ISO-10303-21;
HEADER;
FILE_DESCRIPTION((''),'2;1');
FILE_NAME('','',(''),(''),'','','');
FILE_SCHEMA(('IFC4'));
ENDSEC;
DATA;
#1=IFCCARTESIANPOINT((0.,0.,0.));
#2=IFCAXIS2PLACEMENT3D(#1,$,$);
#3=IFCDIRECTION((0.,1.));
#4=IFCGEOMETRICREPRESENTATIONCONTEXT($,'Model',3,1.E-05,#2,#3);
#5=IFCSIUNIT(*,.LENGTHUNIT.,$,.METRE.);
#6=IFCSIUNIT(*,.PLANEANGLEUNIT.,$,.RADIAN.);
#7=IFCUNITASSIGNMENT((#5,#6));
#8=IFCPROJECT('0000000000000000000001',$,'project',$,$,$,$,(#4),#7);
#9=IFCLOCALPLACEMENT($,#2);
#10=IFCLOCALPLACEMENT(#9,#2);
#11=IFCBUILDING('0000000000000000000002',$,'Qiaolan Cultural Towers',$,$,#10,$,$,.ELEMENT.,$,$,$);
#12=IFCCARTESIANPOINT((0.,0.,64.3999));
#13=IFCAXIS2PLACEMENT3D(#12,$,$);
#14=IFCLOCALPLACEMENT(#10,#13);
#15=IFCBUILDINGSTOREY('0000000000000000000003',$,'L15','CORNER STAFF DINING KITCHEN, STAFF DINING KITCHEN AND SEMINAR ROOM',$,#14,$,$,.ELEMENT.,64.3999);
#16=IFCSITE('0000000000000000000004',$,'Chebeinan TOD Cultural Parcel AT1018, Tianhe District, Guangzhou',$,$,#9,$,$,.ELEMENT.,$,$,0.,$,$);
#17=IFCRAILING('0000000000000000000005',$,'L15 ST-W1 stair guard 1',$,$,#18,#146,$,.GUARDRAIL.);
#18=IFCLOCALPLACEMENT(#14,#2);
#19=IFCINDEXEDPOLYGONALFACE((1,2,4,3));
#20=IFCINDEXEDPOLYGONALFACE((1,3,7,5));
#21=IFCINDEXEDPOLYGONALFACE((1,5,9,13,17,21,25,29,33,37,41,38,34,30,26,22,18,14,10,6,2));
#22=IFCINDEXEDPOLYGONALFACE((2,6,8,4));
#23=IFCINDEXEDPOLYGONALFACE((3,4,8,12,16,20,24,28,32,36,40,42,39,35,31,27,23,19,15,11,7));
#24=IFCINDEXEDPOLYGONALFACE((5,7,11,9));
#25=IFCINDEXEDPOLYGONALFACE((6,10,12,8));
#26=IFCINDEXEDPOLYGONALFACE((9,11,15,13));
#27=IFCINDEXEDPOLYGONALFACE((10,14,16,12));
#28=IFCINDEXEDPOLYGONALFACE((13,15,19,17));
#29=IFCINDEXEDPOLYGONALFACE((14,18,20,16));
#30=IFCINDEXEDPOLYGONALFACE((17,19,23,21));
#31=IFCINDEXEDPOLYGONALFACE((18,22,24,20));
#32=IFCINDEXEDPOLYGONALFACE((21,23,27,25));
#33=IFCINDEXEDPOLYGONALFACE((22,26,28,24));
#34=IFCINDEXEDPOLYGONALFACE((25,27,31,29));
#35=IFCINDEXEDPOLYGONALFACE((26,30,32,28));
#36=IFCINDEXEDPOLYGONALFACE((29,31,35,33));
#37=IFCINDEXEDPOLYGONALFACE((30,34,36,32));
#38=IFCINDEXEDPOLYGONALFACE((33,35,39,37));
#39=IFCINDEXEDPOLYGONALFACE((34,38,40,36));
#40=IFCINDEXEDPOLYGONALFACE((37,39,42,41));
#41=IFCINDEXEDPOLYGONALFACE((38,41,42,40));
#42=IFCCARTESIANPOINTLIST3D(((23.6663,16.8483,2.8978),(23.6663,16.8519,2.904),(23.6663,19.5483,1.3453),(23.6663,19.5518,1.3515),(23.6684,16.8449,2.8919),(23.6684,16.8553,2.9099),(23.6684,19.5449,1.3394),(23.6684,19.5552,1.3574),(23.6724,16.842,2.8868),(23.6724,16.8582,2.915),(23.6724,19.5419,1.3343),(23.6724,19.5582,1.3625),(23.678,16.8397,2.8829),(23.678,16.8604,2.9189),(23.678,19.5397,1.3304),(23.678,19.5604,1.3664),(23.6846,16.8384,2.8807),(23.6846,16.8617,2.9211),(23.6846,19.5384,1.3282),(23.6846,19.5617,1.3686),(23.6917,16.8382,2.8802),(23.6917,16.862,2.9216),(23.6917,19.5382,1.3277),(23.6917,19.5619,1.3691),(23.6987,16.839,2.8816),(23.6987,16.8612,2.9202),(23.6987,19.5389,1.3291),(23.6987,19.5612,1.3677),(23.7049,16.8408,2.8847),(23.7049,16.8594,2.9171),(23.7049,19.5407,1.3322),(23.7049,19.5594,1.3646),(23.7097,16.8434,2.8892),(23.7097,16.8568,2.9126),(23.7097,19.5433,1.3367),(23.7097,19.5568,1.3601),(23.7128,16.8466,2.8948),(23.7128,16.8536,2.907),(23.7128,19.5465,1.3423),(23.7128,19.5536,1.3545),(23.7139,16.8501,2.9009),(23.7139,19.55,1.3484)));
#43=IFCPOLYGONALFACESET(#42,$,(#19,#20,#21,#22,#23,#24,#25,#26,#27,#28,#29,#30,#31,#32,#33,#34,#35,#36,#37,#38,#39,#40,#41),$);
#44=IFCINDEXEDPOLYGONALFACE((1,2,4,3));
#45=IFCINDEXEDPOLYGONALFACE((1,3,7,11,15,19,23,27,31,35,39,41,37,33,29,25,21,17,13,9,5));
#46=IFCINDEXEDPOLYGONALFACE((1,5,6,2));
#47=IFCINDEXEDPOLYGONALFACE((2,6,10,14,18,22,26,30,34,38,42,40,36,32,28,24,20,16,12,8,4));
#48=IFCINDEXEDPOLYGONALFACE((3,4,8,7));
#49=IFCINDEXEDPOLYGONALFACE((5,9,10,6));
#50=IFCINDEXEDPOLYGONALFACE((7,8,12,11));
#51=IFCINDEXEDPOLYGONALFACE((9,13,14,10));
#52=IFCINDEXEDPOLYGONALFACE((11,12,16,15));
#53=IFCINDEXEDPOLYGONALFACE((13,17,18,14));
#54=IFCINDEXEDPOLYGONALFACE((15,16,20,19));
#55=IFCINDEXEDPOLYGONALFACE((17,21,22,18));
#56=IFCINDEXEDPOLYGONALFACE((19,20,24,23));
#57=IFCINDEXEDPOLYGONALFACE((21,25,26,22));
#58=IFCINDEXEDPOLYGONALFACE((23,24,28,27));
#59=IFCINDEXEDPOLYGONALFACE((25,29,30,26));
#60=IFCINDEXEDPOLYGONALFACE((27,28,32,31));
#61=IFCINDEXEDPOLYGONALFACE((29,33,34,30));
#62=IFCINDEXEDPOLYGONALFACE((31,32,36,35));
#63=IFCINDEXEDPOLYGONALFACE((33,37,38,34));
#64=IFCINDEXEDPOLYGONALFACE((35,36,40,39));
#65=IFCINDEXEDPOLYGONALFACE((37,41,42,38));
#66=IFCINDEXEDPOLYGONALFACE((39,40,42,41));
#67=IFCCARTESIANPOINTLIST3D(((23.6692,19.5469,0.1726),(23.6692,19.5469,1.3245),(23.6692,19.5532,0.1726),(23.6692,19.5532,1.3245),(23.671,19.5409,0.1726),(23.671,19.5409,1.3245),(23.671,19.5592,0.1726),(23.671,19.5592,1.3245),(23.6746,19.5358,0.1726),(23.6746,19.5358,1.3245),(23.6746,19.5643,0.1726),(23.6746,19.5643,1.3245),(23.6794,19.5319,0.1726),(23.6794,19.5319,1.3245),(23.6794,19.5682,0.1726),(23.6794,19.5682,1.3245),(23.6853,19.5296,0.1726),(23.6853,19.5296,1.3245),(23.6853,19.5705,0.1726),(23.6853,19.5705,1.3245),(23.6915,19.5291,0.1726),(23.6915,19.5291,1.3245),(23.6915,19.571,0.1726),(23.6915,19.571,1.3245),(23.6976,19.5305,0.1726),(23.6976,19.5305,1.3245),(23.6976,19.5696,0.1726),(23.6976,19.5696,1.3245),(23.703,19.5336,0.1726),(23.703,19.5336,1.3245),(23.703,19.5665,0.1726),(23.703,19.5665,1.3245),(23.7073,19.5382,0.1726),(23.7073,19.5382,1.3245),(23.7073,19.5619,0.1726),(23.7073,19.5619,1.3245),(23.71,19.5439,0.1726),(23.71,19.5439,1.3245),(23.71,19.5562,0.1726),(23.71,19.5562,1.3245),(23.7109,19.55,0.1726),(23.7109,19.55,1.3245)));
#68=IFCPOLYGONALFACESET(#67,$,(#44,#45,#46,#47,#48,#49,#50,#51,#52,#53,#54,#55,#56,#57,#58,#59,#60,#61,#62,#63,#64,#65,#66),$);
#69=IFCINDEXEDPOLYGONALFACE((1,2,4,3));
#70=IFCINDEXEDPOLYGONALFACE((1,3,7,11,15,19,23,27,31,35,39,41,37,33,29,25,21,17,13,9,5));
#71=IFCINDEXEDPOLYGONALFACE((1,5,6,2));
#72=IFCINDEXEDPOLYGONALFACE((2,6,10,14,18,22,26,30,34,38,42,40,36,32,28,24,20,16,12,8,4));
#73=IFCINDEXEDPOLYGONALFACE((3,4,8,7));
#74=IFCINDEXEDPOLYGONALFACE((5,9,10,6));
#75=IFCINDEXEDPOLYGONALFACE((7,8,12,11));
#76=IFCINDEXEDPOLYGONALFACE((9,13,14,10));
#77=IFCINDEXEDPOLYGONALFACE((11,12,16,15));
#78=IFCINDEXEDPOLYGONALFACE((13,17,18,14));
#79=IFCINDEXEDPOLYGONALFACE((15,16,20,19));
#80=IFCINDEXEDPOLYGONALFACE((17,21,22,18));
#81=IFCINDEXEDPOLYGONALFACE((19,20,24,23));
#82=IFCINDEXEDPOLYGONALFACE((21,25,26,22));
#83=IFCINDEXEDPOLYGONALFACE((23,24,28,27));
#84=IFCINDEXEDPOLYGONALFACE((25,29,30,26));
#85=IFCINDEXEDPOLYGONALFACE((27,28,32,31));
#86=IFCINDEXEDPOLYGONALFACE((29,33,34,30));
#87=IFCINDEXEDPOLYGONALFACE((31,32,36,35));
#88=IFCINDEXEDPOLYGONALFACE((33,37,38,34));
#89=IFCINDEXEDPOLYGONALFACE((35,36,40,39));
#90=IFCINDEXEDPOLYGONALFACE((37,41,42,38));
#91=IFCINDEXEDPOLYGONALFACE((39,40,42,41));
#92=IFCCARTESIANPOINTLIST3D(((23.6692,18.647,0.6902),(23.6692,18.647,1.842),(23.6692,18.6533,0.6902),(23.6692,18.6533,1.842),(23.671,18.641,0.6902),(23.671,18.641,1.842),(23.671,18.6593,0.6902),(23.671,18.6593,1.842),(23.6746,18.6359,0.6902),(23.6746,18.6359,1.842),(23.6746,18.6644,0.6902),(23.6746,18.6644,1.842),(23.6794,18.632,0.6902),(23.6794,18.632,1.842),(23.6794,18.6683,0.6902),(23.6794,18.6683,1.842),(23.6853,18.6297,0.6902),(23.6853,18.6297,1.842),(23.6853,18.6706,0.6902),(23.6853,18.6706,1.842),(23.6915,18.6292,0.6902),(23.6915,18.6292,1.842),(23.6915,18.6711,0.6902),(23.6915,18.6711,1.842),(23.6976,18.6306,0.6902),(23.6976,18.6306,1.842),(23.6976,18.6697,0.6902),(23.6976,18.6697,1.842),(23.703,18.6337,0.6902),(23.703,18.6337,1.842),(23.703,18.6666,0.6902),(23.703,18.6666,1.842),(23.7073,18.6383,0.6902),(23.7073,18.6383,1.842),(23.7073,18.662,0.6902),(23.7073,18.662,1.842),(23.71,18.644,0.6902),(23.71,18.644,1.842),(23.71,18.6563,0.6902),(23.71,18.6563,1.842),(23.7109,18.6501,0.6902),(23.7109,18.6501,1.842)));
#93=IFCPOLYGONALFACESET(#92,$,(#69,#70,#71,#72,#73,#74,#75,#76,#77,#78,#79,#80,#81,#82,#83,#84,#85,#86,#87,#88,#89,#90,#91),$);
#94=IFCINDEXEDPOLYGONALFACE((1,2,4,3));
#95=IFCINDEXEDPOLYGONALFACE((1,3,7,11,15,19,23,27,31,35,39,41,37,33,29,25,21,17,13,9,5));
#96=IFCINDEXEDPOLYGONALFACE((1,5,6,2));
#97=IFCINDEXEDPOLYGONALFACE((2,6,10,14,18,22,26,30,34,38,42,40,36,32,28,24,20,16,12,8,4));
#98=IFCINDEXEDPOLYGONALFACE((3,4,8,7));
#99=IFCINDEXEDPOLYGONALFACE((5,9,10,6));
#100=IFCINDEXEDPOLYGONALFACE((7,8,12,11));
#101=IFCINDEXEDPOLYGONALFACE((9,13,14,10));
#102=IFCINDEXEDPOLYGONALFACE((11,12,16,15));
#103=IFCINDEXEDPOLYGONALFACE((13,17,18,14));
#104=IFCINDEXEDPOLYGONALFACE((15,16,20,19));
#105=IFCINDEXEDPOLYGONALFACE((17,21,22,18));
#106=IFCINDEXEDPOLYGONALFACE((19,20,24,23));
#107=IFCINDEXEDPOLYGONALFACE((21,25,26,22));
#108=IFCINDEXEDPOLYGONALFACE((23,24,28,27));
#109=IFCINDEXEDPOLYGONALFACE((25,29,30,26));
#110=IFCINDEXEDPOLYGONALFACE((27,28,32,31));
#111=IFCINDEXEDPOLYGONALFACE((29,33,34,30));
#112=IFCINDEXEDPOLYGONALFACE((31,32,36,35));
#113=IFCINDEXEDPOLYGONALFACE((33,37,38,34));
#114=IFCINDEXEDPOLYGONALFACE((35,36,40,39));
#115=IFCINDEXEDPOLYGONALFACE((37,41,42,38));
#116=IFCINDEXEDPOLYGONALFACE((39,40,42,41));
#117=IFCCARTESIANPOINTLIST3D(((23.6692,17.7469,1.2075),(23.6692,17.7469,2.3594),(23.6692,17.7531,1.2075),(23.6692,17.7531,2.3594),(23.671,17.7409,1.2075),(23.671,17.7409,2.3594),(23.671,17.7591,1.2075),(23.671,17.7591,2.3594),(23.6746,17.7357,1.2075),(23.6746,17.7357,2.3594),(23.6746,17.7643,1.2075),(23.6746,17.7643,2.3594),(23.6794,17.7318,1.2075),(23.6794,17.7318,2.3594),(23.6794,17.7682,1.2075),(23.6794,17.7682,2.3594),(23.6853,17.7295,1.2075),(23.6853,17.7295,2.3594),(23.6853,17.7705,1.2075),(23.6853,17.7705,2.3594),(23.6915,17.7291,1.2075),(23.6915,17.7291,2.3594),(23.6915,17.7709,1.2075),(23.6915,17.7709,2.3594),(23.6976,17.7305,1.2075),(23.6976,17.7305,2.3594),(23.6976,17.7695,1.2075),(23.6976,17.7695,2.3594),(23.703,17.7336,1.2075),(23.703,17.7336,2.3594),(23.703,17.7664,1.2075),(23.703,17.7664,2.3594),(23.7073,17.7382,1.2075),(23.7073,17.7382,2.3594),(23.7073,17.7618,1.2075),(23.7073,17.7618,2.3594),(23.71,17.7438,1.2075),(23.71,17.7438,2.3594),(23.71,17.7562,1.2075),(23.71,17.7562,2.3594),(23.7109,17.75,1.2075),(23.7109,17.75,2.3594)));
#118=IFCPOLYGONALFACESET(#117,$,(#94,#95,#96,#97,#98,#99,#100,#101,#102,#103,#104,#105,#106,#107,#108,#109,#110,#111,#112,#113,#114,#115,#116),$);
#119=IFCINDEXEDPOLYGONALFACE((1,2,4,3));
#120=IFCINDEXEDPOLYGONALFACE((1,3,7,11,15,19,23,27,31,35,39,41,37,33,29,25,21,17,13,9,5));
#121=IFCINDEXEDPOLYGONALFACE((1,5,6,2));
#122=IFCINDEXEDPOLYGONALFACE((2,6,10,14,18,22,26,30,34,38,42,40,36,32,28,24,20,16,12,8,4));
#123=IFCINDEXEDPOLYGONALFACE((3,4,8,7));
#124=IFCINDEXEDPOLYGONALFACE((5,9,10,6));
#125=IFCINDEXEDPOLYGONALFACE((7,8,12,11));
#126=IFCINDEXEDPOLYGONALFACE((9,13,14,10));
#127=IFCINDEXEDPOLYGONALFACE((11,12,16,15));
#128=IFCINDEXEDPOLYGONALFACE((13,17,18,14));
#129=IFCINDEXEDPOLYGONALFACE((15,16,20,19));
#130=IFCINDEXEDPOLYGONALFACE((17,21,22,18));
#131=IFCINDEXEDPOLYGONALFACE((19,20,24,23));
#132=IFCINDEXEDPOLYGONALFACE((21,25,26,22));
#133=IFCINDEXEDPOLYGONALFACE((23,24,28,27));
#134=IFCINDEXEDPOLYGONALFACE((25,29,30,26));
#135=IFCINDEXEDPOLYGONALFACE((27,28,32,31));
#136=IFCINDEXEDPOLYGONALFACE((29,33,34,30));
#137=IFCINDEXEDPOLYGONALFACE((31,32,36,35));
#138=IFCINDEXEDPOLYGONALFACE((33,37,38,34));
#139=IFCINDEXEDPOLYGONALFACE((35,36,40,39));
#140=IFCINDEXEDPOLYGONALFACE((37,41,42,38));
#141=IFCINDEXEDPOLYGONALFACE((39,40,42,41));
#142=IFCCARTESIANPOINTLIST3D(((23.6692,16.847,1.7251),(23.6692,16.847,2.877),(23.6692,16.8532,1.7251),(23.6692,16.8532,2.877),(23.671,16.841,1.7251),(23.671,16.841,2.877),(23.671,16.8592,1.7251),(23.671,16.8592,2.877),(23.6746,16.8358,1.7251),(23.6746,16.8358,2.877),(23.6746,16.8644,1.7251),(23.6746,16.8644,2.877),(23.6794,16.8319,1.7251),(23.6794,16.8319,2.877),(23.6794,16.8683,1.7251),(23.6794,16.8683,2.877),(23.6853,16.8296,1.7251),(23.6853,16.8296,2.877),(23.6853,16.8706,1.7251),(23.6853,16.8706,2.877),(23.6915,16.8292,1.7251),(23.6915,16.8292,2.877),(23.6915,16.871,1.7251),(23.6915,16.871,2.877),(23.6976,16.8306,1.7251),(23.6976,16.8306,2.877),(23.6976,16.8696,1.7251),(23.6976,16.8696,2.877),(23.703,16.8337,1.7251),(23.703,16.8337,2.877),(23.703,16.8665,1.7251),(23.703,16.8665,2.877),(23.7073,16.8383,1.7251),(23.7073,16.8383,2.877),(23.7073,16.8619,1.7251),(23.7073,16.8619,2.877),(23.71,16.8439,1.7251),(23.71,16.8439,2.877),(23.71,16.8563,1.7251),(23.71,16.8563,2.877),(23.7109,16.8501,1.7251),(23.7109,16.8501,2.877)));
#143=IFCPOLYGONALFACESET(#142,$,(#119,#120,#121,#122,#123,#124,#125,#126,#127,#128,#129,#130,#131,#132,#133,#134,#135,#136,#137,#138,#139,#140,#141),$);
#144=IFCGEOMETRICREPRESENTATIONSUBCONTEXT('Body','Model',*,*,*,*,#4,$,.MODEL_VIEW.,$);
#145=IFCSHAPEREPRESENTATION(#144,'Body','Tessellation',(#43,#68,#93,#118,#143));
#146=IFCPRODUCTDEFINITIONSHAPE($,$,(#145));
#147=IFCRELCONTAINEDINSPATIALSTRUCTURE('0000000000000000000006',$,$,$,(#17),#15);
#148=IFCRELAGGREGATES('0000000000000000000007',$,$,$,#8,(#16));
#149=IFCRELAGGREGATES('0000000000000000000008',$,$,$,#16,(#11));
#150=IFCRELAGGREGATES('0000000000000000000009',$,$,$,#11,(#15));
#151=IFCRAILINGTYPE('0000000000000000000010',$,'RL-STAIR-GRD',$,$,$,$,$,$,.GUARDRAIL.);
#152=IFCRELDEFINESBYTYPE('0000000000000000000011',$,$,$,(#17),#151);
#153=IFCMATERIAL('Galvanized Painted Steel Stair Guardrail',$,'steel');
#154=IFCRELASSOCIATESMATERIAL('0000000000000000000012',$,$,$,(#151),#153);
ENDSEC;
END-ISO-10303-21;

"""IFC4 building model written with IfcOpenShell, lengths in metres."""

from ifc_helpers import new_model, si_unit, direction, frame, origin, origin_2d, place, context, subcontext, project, spatial, circle, extrude, material, type_object, element, save


model = new_model("IFC4")

# Units and contexts
model_context = context("Model", 3, precision=1e-05, world=origin(), true_north=direction((0.0, 1.0)))
body_context = subcontext(model_context, "Body", "Model", "MODEL_VIEW")
ifc_project = project(units=[si_unit("LENGTHUNIT", "METRE"), si_unit("PLANEANGLEUNIT", "RADIAN")], contexts=[model_context])

# Site, building, storey
site_placement = place(None, origin())
site = spatial("IfcSite", under=ifc_project, at=site_placement, Name="Chebeinan TOD Cultural Parcel AT1018, Tianhe District, Guangzhou", CompositionType="ELEMENT", RefElevation=0.0)
building_placement = place(site_placement, origin())
building = spatial("IfcBuilding", under=site, at=building_placement, Name="Qiaolan Cultural Towers", CompositionType="ELEMENT")
storey_placement = place(building_placement, frame((0.0, 0.0, 64.3999)))
storey = spatial("IfcBuildingStorey", under=building, at=storey_placement, Name="L15", Description="CORNER STAFF DINING KITCHEN, STAFF DINING KITCHEN AND SEMINAR ROOM", CompositionType="ELEMENT", Elevation=64.3999)

# Railing
ifc_material_1 = material(Name="Galvanized Painted Steel Stair Guardrail", Category="steel")
railing_type_1 = type_object("IfcRailingType", Name="RL-STAIR-GRD", PredefinedType="GUARDRAIL", material=ifc_material_1)
railing_1_placement = place(storey_placement, frame((23.6899, 19.55, 0.1726)))
element("IfcRailing", 1, at=railing_1_placement, inside=storey, type_object=railing_type_1, Name="L15 ST-W1 stair guard 1", PredefinedType="GUARDRAIL", context=body_context, shape_type="SweptSolid", body=[
    extrude(circle(Radius=0.0239, at=origin_2d()), frame((0.0, 0.0, 1.1758), z_axis=(0.0, -0.866904, 0.498476), x_axis=(1.0, 0.0, 0.0)), (0.0, 0.0, 1.0), 3.1145),
    extrude(circle(Radius=0.021, at=origin_2d()), origin(), (0.0, 0.0, 1.0), 1.1519),
    extrude(circle(Radius=0.021, at=origin_2d()), frame((0.0, -0.8999, 0.5176)), (0.0, 0.0, 1.0), 1.1519),
    extrude(circle(Radius=0.021, at=origin_2d()), frame((0.0, -1.8, 1.0349)), (0.0, 0.0, 1.0), 1.1519),
    extrude(circle(Radius=0.021, at=origin_2d()), frame((0.0, -2.7, 1.5525)), (0.0, 0.0, 1.0), 1.1519),
])

save(model, "model.ifc")
